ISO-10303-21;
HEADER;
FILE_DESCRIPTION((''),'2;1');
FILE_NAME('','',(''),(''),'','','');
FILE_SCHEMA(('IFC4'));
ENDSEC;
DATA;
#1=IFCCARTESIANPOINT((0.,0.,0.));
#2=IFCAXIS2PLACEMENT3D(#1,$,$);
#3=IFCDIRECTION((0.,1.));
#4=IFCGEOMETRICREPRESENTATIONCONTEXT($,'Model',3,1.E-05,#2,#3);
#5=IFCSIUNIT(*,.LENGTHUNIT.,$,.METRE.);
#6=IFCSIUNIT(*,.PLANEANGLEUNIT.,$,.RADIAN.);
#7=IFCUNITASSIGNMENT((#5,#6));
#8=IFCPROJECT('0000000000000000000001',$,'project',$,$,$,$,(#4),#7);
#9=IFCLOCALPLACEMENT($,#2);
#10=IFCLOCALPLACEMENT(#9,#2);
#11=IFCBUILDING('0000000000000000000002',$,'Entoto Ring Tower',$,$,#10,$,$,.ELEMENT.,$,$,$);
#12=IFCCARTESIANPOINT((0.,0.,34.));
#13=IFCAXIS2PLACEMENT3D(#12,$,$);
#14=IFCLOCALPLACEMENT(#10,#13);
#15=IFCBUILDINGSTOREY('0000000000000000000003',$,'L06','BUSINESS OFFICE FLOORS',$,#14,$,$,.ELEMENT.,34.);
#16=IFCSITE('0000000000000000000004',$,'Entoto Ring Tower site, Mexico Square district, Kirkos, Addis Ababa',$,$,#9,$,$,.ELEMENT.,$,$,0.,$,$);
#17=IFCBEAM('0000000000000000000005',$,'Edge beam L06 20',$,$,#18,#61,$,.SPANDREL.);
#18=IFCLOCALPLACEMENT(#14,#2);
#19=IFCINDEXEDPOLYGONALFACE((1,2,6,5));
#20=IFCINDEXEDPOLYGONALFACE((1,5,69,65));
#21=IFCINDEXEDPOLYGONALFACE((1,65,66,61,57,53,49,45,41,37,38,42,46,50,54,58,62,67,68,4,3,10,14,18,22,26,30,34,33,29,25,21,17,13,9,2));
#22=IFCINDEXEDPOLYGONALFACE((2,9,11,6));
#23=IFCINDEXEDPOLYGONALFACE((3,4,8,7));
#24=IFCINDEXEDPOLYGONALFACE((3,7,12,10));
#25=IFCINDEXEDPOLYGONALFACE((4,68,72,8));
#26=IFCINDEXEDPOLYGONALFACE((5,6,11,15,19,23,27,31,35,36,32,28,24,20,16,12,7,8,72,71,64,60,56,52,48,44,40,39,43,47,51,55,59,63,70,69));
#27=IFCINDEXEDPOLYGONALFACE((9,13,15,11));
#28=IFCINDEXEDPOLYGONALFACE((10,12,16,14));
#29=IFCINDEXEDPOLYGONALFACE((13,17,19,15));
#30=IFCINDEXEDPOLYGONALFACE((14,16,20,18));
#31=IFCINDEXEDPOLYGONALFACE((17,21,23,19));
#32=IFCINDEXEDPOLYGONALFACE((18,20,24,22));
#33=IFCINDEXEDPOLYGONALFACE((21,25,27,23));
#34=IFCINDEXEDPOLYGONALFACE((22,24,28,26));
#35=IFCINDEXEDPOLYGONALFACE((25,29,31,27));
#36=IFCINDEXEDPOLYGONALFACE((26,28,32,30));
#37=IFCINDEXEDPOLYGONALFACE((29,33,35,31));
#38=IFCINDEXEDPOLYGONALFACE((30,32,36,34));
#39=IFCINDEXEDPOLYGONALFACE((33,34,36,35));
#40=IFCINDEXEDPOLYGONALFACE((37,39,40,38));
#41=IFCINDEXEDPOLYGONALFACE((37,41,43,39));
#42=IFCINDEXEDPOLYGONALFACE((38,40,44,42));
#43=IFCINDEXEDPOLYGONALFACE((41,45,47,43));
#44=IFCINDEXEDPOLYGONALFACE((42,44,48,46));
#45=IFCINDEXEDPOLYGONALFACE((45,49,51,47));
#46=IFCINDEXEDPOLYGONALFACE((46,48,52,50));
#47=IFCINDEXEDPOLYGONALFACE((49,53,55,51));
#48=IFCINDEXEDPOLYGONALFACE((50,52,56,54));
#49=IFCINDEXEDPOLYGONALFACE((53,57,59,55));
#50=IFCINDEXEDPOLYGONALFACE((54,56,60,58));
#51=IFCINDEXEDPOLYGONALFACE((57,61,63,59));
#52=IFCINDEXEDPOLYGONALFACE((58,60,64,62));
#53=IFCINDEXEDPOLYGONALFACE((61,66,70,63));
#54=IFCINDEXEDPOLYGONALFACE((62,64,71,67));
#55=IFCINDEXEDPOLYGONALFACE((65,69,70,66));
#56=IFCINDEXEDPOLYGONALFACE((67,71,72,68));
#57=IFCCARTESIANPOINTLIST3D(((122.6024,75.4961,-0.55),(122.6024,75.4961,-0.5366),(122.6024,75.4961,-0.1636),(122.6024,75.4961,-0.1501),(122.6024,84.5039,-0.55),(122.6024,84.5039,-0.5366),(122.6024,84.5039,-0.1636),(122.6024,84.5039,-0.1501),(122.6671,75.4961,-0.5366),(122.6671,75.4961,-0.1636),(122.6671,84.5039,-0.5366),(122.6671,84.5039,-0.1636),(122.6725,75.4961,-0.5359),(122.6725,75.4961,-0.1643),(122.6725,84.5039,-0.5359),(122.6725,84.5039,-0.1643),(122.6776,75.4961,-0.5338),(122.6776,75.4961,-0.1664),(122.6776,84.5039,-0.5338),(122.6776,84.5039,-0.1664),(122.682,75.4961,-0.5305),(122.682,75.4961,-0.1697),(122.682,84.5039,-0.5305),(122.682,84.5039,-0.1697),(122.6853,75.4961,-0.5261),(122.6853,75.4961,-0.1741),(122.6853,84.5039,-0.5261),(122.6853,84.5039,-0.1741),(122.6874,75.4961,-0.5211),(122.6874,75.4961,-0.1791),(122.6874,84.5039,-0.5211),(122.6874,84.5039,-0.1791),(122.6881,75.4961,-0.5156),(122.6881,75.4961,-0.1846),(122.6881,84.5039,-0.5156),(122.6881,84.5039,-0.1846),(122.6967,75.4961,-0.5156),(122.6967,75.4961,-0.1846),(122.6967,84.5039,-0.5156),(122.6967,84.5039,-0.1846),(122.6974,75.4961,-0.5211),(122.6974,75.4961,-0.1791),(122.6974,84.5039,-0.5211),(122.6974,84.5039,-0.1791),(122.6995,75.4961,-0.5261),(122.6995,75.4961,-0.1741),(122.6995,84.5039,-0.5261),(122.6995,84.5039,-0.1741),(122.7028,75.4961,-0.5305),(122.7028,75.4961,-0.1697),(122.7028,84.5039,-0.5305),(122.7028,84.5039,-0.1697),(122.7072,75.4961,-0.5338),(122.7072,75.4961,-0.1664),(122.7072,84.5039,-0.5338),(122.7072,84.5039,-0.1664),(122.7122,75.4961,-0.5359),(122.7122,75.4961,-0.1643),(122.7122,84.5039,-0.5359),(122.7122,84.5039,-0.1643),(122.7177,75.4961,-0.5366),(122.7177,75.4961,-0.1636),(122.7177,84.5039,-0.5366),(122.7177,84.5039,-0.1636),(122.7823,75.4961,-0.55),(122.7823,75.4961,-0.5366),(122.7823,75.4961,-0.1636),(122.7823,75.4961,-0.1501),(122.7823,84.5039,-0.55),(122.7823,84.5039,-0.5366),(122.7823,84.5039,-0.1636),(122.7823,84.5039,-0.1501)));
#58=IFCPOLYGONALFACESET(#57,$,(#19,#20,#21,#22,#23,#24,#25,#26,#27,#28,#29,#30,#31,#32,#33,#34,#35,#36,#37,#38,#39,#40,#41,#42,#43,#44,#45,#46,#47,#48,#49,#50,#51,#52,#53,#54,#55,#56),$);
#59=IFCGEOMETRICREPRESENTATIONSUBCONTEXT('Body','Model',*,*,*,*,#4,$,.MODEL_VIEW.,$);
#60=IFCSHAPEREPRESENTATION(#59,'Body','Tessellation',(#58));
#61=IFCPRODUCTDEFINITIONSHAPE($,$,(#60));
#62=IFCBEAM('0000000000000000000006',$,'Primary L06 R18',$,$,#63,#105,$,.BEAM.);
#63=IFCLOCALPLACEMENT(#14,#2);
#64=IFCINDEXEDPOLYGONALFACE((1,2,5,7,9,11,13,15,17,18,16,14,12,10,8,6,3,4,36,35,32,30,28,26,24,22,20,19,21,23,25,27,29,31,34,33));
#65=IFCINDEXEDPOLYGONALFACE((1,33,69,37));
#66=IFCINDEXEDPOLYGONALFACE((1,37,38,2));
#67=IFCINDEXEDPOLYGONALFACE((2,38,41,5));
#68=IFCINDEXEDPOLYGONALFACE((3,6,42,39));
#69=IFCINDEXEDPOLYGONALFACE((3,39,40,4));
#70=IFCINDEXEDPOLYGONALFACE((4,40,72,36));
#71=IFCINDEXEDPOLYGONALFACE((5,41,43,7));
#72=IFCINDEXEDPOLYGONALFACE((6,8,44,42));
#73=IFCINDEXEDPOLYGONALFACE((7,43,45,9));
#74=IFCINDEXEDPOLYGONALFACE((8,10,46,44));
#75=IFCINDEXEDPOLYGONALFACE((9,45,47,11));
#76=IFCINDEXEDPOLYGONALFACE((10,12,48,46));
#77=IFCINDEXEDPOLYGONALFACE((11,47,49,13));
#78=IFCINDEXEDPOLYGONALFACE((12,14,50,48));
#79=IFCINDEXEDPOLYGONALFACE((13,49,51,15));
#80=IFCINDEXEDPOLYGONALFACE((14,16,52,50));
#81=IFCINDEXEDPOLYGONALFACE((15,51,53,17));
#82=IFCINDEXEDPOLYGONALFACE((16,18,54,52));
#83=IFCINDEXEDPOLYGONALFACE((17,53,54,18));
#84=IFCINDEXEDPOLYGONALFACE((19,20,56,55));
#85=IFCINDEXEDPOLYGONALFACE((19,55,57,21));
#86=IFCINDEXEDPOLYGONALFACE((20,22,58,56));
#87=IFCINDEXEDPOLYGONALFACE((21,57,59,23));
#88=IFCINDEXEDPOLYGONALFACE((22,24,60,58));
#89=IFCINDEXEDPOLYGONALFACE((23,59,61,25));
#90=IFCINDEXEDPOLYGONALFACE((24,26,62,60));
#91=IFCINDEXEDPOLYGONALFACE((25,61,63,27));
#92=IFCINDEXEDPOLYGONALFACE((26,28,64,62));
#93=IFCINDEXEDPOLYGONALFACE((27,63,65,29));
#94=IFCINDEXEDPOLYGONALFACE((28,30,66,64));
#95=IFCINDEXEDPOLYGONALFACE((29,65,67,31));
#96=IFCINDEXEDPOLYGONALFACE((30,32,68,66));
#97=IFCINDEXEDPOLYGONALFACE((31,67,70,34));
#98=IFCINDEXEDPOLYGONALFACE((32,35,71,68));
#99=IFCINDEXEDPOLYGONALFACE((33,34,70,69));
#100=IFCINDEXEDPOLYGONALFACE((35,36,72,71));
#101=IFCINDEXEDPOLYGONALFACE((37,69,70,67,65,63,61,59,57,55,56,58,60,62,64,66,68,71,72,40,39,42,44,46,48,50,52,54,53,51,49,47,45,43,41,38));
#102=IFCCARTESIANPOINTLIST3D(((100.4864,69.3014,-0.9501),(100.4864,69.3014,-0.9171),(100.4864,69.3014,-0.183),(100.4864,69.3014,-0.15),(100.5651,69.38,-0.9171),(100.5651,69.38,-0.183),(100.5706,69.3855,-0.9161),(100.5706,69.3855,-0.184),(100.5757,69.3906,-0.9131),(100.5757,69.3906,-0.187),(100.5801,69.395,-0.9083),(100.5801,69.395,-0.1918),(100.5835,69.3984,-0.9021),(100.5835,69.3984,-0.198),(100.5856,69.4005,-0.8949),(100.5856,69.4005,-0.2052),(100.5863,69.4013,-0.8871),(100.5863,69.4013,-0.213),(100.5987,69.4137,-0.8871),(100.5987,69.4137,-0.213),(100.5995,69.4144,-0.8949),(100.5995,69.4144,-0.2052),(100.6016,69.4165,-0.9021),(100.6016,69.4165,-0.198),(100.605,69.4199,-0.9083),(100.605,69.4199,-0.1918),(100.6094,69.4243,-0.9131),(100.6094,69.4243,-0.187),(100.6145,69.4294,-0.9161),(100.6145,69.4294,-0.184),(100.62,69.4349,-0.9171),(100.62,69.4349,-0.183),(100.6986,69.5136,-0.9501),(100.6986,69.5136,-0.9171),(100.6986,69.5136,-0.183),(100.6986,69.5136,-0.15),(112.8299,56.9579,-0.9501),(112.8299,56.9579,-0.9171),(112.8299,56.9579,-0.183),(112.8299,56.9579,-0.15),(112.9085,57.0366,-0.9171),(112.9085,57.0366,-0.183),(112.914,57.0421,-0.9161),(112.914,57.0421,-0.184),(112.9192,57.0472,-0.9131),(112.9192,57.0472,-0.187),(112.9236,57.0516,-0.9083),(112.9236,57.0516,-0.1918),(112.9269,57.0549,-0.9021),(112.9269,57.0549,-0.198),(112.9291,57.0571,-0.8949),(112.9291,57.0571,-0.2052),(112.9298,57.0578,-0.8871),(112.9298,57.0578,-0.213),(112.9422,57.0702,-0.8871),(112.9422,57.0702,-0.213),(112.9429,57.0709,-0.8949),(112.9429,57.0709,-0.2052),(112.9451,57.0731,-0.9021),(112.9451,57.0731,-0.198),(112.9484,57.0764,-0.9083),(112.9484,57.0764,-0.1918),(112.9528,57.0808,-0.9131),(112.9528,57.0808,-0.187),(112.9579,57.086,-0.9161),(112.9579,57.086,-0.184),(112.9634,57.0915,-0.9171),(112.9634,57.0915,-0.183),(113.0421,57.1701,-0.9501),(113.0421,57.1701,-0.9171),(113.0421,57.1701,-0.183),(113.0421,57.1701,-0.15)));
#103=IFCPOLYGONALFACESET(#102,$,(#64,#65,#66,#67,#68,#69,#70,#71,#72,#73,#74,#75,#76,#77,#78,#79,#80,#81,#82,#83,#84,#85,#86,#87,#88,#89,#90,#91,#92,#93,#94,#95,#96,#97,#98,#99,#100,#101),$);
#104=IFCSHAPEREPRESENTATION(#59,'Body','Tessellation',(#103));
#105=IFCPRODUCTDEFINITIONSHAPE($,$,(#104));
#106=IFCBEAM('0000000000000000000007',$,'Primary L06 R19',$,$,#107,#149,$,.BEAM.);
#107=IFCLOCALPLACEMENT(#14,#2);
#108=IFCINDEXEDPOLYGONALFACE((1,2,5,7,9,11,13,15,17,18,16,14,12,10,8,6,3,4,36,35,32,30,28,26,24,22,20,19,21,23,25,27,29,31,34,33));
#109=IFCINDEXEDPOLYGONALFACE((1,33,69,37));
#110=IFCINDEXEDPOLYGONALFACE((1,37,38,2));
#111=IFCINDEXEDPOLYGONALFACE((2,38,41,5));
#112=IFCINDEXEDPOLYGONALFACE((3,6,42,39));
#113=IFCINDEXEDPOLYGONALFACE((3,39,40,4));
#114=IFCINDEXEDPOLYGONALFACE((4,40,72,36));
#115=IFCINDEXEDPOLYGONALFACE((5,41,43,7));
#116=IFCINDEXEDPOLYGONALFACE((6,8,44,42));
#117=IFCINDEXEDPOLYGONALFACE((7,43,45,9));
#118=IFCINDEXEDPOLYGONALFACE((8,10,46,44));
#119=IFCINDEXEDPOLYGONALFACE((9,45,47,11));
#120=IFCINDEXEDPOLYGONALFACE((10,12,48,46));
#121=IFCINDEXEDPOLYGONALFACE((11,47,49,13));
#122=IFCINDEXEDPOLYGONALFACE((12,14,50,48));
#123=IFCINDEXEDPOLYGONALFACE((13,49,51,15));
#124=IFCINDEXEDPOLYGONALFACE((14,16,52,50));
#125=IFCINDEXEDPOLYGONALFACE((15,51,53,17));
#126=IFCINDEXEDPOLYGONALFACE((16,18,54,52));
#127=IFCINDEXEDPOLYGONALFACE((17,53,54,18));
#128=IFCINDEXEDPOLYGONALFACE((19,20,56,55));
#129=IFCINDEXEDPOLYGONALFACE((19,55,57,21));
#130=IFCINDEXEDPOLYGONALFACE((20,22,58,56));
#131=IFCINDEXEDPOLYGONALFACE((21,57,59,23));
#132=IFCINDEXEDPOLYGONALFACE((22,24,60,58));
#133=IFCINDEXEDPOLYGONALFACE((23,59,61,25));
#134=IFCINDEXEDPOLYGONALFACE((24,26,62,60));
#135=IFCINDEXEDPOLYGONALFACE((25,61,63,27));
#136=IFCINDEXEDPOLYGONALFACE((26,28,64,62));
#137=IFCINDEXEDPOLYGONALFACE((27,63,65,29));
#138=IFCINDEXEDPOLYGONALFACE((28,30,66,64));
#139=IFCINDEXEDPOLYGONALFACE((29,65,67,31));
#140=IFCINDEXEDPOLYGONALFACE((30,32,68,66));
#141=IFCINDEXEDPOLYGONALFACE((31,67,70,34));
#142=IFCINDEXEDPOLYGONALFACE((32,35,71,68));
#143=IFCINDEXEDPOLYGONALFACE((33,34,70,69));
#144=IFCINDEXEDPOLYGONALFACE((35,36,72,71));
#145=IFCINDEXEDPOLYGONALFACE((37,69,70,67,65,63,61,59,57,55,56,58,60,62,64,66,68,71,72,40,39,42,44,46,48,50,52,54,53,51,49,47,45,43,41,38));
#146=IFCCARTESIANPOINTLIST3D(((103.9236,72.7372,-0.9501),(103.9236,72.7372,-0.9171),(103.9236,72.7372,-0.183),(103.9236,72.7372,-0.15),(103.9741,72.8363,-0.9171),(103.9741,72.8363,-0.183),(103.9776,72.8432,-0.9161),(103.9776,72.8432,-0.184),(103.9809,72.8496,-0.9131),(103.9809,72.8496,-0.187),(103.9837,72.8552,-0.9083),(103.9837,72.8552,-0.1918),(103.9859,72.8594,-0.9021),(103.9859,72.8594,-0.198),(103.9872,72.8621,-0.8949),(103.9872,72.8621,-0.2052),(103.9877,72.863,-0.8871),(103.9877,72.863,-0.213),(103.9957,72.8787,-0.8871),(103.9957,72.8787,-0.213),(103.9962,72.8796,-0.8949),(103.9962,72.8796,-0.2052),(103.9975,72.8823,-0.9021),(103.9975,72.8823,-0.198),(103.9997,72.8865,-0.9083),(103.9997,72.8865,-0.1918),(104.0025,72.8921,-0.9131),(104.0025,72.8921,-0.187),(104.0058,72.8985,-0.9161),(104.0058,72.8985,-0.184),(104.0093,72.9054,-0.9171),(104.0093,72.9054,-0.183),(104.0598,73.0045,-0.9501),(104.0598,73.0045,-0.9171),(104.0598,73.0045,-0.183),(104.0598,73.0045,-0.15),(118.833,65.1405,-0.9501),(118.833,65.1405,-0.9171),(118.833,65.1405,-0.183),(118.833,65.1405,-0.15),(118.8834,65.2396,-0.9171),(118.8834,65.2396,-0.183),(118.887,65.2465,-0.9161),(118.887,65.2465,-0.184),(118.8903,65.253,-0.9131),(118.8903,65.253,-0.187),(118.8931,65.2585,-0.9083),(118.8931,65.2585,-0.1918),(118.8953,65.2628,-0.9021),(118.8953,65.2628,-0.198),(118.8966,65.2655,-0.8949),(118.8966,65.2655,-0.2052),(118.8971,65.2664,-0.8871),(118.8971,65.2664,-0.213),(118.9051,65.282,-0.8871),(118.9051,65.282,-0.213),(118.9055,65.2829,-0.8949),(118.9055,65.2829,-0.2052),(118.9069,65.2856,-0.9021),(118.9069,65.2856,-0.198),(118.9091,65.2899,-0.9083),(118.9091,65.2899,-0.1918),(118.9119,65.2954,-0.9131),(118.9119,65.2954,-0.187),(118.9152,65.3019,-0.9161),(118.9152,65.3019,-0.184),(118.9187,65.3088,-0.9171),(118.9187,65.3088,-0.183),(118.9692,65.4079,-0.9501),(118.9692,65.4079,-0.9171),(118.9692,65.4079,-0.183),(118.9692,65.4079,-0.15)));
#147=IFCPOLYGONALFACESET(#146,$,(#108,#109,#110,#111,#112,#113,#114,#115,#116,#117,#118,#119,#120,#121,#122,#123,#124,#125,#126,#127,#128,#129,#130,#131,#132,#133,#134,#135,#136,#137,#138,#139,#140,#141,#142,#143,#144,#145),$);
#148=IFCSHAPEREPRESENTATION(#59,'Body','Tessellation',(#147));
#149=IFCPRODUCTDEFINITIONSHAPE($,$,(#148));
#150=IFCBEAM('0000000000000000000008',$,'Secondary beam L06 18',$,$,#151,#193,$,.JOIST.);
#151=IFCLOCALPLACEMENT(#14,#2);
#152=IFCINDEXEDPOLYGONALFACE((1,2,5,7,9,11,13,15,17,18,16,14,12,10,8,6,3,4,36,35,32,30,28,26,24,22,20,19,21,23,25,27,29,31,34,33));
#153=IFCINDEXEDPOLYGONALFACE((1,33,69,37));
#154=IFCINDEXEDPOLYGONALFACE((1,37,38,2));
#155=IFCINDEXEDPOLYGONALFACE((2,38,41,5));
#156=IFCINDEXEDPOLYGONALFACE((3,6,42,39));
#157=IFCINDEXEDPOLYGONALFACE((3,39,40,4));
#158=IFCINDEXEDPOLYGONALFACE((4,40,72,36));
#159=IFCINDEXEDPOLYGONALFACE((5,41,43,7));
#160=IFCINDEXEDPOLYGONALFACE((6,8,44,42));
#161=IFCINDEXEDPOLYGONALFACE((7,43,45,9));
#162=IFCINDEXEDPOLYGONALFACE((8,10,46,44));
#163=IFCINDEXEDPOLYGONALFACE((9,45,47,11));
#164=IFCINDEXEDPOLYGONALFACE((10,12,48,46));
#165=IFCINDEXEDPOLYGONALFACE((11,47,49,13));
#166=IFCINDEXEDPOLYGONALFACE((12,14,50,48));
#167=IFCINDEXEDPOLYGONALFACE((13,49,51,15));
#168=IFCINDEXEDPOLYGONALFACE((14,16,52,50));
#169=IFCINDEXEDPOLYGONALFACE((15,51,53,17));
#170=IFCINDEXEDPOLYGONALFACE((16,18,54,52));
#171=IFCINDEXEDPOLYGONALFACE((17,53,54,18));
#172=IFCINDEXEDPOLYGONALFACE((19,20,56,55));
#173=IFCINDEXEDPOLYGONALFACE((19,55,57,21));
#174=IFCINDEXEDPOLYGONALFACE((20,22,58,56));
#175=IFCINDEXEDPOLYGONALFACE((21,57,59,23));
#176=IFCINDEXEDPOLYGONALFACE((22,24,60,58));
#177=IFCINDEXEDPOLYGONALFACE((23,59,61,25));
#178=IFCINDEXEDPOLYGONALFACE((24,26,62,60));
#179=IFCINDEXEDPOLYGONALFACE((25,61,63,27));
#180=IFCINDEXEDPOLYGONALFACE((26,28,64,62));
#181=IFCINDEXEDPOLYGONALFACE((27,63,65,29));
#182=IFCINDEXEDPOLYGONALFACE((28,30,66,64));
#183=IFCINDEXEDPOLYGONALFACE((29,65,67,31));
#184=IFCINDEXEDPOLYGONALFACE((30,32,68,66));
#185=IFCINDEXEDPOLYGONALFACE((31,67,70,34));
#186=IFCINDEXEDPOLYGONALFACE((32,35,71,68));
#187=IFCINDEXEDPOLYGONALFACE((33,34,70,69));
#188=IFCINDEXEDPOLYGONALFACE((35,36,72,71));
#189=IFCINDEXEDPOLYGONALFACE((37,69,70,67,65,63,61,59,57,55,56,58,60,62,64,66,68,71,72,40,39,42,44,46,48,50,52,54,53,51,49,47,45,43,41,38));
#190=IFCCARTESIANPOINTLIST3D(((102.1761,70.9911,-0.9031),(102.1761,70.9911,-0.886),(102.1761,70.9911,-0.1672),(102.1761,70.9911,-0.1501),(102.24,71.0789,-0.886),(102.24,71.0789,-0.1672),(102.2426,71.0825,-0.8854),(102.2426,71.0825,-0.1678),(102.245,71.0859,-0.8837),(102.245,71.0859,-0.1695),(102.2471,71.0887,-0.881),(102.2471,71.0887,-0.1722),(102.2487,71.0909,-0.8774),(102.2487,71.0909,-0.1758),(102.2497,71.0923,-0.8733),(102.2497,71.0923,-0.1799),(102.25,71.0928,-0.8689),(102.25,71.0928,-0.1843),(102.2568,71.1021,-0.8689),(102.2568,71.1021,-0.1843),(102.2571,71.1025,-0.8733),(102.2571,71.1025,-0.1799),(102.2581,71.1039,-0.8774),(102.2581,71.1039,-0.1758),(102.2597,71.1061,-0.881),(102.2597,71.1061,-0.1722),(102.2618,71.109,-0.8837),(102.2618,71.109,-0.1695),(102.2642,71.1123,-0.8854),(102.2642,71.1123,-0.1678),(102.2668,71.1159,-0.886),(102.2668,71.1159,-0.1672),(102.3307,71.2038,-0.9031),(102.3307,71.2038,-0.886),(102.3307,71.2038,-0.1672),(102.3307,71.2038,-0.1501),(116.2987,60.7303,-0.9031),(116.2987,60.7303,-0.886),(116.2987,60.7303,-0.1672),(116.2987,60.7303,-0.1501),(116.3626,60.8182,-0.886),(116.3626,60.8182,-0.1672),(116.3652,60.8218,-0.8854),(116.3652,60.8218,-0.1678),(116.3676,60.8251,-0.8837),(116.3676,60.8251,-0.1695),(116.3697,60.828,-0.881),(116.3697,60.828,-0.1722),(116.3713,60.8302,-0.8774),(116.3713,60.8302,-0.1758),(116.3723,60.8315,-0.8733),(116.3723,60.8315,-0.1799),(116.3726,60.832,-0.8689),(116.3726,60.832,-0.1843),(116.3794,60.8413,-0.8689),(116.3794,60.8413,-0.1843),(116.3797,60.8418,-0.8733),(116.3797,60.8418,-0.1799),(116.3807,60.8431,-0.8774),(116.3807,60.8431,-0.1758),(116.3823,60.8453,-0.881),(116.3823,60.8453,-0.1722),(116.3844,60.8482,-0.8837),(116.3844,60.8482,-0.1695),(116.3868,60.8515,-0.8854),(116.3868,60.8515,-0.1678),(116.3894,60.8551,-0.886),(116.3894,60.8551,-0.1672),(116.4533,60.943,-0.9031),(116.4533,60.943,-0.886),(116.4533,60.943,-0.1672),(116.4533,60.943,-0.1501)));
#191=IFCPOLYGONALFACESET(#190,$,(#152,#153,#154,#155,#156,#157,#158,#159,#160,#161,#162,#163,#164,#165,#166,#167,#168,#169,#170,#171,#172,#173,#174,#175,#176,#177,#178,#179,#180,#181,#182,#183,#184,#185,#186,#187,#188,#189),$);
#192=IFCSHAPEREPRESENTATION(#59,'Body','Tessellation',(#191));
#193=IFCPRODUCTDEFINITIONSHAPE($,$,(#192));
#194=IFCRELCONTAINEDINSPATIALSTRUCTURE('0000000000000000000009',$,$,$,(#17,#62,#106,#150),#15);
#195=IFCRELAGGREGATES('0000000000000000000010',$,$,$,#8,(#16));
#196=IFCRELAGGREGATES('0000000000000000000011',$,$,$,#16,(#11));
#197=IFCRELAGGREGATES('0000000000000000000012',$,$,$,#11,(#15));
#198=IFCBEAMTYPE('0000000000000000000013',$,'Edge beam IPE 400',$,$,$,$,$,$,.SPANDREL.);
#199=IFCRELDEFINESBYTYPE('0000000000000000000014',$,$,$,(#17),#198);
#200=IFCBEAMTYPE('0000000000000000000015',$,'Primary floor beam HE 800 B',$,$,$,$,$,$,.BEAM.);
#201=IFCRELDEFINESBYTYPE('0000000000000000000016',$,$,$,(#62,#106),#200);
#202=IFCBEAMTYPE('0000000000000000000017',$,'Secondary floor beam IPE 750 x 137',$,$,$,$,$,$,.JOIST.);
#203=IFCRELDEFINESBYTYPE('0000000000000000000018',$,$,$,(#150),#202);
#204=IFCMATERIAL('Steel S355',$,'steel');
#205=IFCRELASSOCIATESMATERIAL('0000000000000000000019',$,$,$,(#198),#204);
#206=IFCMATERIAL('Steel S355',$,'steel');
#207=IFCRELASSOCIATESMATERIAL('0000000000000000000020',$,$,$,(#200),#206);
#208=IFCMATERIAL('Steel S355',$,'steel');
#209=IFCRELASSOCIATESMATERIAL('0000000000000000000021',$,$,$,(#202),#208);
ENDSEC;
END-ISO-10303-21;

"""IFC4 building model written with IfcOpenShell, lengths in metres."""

from ifc_helpers import new_model, si_unit, direction, frame, origin, origin_2d, place, context, subcontext, project, spatial, i_section, extrude, material, material_profile, profile_set, type_object, element, save


model = new_model("IFC4")

# Units and contexts
model_context = context("Model", 3, precision=1e-05, world=origin(), true_north=direction((0.0, 1.0)))
body_context = subcontext(model_context, "Body", "Model", "MODEL_VIEW")
ifc_project = project(units=[si_unit("LENGTHUNIT", "METRE"), si_unit("PLANEANGLEUNIT", "RADIAN")], contexts=[model_context])

# Site, building, storey
site_placement = place(None, origin())
site = spatial("IfcSite", under=ifc_project, at=site_placement, Name="Entoto Ring Tower site, Mexico Square district, Kirkos, Addis Ababa", CompositionType="ELEMENT", RefElevation=0.0)
building_placement = place(site_placement, origin())
building = spatial("IfcBuilding", under=site, at=building_placement, Name="Entoto Ring Tower", CompositionType="ELEMENT")
storey_placement = place(building_placement, frame((0.0, 0.0, 34.0)))
storey = spatial("IfcBuildingStorey", under=building, at=storey_placement, Name="L06", Description="BUSINESS OFFICE FLOORS", CompositionType="ELEMENT", Elevation=34.0)

# Beams
ifc_material_1 = material(Name="Steel S355", Category="steel")
ifc_material_profile_1 = material_profile(ifc_material_1, i_section(OverallWidth=0.1799, OverallDepth=0.3999, WebThickness=0.0085, FlangeThickness=0.0134, FilletRadius=0.021, at=origin_2d()), Name="IPE 400")
ifc_profile_set_1 = profile_set([ifc_material_profile_1], Name="Steel S355")
beam_type_1 = type_object("IfcBeamType", Name="Edge beam IPE 400", PredefinedType="SPANDREL", material=ifc_profile_set_1)
for number, where, z_axis, x_axis, name in (
    (1, (122.6924, 75.4961, -0.3501), (0.0, 1.0, 0.0), (-1.0, 0.0, 0.0), "Edge beam L06 20"),
):
    element("IfcBeam", number, at=place(storey_placement, frame(where, z_axis=z_axis, x_axis=x_axis)), inside=storey, type_object=beam_type_1, Name=name, PredefinedType="SPANDREL", context=body_context, shape_type="SweptSolid", body=[
        extrude(i_section(OverallWidth=0.1799, OverallDepth=0.3999, WebThickness=0.0085, FlangeThickness=0.0134, FilletRadius=0.021, at=origin_2d()), origin(), (0.0, 0.0, 1.0), 9.0078),
    ])
ifc_material_2 = material(Name="Steel S355", Category="steel")
ifc_material_profile_2 = material_profile(ifc_material_2, i_section(OverallWidth=0.3, OverallDepth=0.8, WebThickness=0.0176, FlangeThickness=0.033, FilletRadius=0.03, at=origin_2d()), Name="HE 800 B")
ifc_profile_set_2 = profile_set([ifc_material_profile_2], Name="Steel S355")
beam_type_2 = type_object("IfcBeamType", Name="Primary floor beam HE 800 B", PredefinedType="BEAM", material=ifc_profile_set_2)
beam_1_placement = place(storey_placement, frame((100.5925, 69.4075, -0.55), z_axis=(0.707107, -0.707107, 0.0), x_axis=(0.707107, 0.707107, 0.0)))
element("IfcBeam", 2, at=beam_1_placement, inside=storey, type_object=beam_type_2, Name="Primary L06 R18", PredefinedType="BEAM", context=body_context, shape_type="SweptSolid", body=[
    extrude(i_section(OverallWidth=0.3, OverallDepth=0.8, WebThickness=0.0176, FlangeThickness=0.033, FilletRadius=0.03, at=origin_2d()), origin(), (0.0, 0.0, 1.0), 17.4563),
])
beam_2_placement = place(storey_placement, frame((103.9917, 72.8708, -0.55), z_axis=(0.891008, -0.453988, 0.0), x_axis=(0.453988, 0.891008, 0.0)))
element("IfcBeam", 3, at=beam_2_placement, inside=storey, type_object=beam_type_2, Name="Primary L06 R19", PredefinedType="BEAM", context=body_context, shape_type="SweptSolid", body=[
    extrude(i_section(OverallWidth=0.3, OverallDepth=0.8, WebThickness=0.0176, FlangeThickness=0.033, FilletRadius=0.03, at=origin_2d()), origin(), (0.0, 0.0, 1.0), 16.7332),
])
ifc_material_3 = material(Name="Steel S355", Category="steel")
ifc_material_profile_3 = material_profile(ifc_material_3, i_section(OverallWidth=0.2629, OverallDepth=0.7529, WebThickness=0.0115, FlangeThickness=0.0171, FilletRadius=0.0171, at=origin_2d()), Name="IPE 750 x 137")
ifc_profile_set_3 = profile_set([ifc_material_profile_3], Name="Steel S355")
beam_type_3 = type_object("IfcBeamType", Name="Secondary floor beam IPE 750 x 137", PredefinedType="JOIST", material=ifc_profile_set_3)
beam_3_placement = place(storey_placement, frame((102.2534, 71.0974, -0.5266), z_axis=(0.809014, -0.587789, 0.0), x_axis=(0.587789, 0.809014, 0.0)))
element("IfcBeam", 4, at=beam_3_placement, inside=storey, type_object=beam_type_3, Name="Secondary beam L06 18", PredefinedType="JOIST", context=body_context, shape_type="SweptSolid", body=[
    extrude(i_section(OverallWidth=0.2629, OverallDepth=0.7529, WebThickness=0.0115, FlangeThickness=0.0171, FilletRadius=0.0171, at=origin_2d()), origin(), (0.0, 0.0, 1.0), 17.4565),
])

save(model, "model.ifc")
